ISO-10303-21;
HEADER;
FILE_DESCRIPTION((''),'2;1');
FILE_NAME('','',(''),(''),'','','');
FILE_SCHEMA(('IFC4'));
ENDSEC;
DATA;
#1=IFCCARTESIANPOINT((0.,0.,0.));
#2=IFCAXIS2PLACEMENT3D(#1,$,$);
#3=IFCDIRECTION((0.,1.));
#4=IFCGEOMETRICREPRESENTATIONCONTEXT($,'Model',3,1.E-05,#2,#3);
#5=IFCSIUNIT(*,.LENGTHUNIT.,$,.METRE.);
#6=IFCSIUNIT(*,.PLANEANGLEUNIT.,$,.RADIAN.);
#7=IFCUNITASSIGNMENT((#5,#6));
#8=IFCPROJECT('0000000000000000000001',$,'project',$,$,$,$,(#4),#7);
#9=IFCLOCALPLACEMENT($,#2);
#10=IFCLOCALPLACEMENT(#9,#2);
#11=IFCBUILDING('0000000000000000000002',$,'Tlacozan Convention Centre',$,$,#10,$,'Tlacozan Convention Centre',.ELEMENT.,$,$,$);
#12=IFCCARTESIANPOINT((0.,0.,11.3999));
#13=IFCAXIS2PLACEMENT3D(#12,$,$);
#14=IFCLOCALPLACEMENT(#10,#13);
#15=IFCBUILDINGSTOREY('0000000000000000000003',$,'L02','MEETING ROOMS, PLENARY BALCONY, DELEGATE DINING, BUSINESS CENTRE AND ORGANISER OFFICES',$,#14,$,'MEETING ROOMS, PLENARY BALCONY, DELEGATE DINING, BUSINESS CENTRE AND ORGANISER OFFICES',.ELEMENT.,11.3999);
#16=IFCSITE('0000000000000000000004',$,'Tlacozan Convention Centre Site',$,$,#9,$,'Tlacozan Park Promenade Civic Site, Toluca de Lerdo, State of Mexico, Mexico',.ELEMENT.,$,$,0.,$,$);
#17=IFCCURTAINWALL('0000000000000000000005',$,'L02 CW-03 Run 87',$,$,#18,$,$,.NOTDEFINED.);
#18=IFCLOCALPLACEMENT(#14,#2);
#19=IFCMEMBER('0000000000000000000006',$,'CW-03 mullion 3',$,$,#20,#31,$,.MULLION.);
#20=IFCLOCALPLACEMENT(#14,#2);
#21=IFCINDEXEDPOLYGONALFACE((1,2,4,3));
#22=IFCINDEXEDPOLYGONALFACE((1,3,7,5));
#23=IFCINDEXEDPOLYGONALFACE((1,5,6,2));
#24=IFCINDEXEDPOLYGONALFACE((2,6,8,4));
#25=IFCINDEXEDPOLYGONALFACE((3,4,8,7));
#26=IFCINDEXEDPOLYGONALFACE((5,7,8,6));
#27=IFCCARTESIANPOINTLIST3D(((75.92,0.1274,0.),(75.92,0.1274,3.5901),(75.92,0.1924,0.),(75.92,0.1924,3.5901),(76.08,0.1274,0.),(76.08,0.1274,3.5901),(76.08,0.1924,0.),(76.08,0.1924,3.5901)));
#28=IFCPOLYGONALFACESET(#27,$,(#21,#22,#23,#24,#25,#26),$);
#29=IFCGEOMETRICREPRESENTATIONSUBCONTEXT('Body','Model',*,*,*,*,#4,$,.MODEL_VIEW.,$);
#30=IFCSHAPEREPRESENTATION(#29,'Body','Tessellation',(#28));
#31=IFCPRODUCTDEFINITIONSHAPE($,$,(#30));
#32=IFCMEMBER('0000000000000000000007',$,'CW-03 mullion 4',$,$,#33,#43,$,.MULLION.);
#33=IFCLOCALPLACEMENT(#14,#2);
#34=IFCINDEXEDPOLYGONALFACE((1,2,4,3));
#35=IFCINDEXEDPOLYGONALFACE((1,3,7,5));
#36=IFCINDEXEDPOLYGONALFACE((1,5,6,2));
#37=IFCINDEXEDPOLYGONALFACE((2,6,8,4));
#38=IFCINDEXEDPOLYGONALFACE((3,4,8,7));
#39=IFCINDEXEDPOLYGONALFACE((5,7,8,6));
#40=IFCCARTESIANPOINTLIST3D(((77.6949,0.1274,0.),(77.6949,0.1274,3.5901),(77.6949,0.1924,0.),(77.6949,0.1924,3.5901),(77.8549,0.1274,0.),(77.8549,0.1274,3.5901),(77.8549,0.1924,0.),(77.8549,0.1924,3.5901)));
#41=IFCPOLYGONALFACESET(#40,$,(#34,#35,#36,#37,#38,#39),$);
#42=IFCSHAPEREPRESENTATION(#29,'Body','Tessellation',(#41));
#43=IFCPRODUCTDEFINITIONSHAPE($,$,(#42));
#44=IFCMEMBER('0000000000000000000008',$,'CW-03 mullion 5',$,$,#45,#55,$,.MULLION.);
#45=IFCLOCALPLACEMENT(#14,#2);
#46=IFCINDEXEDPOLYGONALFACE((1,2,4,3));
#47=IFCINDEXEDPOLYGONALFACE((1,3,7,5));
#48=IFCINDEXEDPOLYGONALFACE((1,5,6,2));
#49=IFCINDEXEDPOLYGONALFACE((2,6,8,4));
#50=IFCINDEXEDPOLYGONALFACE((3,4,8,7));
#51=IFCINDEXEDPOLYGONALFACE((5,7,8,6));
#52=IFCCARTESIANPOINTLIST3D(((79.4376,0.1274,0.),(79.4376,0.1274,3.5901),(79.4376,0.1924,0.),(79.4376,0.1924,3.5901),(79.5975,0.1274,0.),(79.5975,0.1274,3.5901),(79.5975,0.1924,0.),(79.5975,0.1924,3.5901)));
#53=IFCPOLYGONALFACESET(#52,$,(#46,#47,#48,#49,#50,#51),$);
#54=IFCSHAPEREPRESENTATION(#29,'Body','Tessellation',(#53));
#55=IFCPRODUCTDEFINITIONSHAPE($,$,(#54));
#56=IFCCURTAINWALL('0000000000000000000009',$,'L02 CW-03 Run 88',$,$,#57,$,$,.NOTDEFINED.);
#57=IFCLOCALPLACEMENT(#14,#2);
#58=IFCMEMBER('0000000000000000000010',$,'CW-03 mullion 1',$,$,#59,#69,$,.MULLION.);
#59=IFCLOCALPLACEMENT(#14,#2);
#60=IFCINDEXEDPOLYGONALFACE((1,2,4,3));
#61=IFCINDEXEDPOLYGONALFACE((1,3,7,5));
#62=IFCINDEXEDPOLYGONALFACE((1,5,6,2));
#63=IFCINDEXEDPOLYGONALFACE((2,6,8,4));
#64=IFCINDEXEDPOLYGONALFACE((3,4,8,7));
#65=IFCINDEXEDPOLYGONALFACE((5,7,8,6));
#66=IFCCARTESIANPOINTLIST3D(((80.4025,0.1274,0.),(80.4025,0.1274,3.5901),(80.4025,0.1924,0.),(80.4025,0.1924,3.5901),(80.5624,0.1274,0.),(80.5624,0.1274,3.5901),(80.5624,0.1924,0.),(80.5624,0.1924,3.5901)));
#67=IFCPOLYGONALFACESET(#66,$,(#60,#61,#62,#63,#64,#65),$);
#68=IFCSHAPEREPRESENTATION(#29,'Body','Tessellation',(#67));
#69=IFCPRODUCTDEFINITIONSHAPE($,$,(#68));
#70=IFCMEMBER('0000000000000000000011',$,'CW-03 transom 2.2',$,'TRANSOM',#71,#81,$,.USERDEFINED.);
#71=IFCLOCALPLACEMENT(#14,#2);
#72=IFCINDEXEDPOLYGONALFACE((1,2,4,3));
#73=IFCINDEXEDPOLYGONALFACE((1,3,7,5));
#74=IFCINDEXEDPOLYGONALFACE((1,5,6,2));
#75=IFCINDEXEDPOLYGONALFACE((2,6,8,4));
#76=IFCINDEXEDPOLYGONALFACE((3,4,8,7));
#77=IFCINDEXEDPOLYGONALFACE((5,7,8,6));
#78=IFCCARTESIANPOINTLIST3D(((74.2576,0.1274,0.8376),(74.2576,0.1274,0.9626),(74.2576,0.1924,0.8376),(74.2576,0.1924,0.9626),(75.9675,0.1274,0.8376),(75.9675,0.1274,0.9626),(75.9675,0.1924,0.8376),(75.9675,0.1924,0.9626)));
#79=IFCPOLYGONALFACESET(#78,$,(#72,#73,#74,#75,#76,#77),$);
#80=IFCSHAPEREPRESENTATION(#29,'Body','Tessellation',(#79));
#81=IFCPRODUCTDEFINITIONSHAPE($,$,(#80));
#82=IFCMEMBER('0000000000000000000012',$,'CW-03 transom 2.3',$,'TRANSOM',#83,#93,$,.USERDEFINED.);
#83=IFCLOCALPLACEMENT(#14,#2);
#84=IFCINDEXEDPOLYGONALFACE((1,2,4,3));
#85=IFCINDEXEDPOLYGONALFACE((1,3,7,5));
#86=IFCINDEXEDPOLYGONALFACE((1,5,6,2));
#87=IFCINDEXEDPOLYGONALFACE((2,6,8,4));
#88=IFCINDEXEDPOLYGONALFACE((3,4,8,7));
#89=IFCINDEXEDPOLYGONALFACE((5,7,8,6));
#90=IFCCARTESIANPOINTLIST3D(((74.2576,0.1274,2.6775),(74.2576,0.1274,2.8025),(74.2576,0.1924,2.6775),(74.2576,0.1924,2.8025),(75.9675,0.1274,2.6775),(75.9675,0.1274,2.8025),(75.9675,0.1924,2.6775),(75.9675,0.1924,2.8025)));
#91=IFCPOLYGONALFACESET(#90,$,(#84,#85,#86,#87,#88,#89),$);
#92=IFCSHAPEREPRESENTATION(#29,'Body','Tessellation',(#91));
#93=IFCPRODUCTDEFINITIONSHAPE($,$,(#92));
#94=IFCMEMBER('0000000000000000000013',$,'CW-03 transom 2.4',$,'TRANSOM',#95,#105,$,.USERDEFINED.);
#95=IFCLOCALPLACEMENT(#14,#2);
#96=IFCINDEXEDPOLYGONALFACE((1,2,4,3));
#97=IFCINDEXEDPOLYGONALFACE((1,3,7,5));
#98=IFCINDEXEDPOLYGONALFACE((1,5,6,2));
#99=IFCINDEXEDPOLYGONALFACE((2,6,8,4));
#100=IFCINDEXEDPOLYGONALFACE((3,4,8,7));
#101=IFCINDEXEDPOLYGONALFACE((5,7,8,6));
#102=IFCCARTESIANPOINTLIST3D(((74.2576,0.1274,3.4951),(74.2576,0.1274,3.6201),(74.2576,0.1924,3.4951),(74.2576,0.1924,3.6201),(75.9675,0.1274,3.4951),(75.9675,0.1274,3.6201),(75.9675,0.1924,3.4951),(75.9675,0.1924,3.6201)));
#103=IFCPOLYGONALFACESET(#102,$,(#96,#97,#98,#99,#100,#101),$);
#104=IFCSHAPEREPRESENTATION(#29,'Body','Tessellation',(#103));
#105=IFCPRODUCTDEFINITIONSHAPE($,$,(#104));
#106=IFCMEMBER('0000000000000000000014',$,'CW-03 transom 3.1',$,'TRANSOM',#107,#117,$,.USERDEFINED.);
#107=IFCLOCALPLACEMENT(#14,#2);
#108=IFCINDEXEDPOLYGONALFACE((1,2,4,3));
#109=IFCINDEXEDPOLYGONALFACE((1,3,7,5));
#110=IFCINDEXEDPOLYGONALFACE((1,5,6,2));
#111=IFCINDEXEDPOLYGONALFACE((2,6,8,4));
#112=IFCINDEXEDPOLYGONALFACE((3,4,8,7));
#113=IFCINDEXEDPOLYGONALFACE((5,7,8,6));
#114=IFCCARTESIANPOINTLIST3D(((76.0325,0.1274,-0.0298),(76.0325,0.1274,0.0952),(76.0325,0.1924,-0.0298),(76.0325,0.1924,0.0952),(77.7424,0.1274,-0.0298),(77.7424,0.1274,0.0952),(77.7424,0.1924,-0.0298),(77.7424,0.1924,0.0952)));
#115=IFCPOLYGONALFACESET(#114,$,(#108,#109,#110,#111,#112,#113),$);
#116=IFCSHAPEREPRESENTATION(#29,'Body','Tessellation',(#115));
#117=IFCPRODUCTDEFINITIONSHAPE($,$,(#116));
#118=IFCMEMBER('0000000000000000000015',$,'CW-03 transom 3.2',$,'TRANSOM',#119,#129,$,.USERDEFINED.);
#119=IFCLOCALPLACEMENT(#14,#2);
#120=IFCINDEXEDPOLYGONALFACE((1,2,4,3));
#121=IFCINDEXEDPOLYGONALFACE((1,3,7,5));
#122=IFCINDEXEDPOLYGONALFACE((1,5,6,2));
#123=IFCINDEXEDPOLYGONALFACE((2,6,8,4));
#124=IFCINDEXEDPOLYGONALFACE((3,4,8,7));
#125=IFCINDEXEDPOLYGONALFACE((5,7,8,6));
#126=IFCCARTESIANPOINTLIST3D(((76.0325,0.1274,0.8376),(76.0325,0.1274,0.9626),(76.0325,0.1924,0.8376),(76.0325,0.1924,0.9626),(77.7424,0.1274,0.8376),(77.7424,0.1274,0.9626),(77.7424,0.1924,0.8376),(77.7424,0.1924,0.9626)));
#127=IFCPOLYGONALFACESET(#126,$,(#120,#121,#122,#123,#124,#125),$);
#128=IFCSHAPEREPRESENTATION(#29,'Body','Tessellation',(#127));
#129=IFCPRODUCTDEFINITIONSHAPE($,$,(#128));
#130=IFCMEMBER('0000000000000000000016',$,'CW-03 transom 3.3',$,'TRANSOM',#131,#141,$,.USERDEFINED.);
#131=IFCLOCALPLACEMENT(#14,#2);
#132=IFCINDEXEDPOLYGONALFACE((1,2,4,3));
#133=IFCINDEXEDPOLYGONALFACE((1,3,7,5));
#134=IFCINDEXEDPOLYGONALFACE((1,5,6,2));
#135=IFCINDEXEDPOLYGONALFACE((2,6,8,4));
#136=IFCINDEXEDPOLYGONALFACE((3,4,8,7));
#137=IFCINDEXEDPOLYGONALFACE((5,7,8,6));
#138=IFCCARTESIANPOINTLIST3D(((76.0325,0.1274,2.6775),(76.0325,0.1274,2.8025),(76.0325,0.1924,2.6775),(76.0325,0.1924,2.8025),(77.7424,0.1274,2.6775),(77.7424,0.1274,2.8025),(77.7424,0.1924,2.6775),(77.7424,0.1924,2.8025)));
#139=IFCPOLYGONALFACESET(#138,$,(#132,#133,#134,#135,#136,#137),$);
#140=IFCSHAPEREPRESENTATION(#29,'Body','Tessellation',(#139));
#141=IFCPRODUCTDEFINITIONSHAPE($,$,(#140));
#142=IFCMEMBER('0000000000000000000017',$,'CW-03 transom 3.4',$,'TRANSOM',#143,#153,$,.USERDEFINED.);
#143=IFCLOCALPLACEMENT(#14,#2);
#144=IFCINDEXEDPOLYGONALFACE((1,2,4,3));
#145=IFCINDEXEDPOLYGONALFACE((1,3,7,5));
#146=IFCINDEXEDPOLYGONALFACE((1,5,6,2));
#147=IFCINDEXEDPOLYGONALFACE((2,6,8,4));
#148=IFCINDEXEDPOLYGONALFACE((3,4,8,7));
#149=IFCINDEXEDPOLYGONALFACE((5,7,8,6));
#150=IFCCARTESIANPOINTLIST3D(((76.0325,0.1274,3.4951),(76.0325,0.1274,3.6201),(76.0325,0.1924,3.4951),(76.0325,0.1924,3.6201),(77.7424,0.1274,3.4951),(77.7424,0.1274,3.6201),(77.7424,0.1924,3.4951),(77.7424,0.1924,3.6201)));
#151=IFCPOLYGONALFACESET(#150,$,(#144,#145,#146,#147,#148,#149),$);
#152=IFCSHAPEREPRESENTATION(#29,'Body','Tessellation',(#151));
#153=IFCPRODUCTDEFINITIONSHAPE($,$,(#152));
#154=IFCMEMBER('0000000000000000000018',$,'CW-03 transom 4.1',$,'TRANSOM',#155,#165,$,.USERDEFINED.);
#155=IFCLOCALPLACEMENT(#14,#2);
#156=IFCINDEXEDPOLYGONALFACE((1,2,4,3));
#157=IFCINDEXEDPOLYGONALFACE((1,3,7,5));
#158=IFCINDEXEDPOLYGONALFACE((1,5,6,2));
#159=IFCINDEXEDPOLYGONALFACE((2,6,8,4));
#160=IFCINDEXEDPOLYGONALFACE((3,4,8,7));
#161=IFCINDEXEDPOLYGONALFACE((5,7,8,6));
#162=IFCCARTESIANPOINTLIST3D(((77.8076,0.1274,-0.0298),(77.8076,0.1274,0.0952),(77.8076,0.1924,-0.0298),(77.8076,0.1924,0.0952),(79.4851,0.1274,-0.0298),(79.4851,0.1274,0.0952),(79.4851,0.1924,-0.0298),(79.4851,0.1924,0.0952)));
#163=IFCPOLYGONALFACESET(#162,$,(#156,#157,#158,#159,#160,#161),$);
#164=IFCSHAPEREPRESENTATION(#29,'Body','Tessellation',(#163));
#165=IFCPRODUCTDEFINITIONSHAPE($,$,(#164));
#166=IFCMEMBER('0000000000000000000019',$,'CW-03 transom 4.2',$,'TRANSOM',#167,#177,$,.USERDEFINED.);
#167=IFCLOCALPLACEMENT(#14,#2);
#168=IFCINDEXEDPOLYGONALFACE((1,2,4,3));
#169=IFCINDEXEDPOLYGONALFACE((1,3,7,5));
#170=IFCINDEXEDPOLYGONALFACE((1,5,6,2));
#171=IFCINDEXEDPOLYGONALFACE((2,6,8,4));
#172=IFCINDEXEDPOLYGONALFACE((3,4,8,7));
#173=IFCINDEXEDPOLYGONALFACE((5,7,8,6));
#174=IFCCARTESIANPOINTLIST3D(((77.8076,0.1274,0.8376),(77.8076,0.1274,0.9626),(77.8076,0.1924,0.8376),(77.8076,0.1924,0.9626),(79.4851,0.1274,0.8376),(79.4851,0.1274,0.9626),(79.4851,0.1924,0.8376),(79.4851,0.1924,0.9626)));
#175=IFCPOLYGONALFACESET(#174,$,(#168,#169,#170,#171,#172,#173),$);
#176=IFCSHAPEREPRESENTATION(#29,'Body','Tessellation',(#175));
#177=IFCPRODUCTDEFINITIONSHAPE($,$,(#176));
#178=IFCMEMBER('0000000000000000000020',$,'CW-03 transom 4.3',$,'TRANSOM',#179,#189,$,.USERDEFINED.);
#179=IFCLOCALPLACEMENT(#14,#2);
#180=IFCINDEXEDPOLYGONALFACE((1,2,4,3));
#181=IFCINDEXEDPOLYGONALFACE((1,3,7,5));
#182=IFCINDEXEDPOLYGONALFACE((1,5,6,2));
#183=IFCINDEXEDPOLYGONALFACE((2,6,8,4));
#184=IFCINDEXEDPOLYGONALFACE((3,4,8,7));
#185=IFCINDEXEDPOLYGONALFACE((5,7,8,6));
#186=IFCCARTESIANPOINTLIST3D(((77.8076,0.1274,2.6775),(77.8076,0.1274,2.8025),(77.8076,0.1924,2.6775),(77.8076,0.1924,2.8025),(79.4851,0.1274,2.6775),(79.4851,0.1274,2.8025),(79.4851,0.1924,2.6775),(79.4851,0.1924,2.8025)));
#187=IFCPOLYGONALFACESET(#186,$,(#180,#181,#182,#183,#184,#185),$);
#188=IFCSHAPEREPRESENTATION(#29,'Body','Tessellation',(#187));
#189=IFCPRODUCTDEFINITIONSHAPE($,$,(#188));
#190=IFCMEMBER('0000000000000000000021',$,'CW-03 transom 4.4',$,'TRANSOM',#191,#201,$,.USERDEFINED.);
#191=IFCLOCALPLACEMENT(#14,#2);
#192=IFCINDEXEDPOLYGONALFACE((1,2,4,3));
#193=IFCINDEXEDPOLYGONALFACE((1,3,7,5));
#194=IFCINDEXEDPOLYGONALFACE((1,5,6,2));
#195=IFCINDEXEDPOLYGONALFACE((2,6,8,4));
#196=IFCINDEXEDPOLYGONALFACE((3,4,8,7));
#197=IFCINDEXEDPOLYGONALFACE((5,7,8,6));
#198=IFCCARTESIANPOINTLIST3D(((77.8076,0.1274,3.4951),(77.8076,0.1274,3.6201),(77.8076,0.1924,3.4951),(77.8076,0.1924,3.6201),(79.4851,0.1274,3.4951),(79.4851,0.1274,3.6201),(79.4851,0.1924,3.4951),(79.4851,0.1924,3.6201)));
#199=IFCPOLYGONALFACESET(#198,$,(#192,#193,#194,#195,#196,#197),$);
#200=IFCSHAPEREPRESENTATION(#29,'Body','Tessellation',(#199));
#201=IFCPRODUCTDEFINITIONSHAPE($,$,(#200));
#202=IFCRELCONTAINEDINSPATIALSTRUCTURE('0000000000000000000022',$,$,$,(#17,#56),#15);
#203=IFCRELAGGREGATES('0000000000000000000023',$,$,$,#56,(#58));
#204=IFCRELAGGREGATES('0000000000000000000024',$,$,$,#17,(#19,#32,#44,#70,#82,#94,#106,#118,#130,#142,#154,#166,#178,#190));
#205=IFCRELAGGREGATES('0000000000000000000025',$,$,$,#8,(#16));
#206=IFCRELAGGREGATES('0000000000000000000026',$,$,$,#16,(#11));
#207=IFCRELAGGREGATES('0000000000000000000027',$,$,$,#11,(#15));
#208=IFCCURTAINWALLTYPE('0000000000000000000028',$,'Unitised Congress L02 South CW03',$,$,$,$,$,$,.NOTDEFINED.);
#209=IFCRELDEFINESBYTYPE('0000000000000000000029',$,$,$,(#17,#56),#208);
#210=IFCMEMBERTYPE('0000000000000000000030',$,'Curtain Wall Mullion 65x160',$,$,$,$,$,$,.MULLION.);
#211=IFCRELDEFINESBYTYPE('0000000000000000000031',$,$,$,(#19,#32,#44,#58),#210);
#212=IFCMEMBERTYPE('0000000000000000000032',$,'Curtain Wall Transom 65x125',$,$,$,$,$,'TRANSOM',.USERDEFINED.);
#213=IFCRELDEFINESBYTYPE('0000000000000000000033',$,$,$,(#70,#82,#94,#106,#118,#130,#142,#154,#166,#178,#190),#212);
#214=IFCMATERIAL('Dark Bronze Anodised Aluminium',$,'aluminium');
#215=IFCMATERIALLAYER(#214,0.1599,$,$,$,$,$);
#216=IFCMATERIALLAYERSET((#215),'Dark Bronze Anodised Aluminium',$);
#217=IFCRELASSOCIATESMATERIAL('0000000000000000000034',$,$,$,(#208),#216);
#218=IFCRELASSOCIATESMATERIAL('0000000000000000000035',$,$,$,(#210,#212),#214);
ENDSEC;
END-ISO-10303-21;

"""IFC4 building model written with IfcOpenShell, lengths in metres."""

from ifc_helpers import new_model, si_unit, direction, frame, origin, origin_2d, place, context, subcontext, project, spatial, rectangle, extrude, material, layer, layer_set, material_profile, profile_set, type_object, element, aggregate, save


model = new_model("IFC4")

# Units and contexts
model_context = context("Model", 3, precision=1e-05, world=origin(), true_north=direction((0.0, 1.0)))
body_context = subcontext(model_context, "Body", "Model", "MODEL_VIEW")
ifc_project = project(units=[si_unit("LENGTHUNIT", "METRE"), si_unit("PLANEANGLEUNIT", "RADIAN")], contexts=[model_context])

# Site, building, storey
site_placement = place(None, origin())
site = spatial("IfcSite", under=ifc_project, at=site_placement, Name="Tlacozan Convention Centre Site", LongName="Tlacozan Park Promenade Civic Site, Toluca de Lerdo, State of Mexico, Mexico", CompositionType="ELEMENT", RefElevation=0.0)
building_placement = place(site_placement, origin())
building = spatial("IfcBuilding", under=site, at=building_placement, Name="Tlacozan Convention Centre", LongName="Tlacozan Convention Centre", CompositionType="ELEMENT")
storey_placement = place(building_placement, frame((0.0, 0.0, 11.3999)))
storey = spatial("IfcBuildingStorey", under=building, at=storey_placement, Name="L02", Description="MEETING ROOMS, PLENARY BALCONY, DELEGATE DINING, BUSINESS CENTRE AND ORGANISER OFFICES", LongName="MEETING ROOMS, PLENARY BALCONY, DELEGATE DINING, BUSINESS CENTRE AND ORGANISER OFFICES", CompositionType="ELEMENT", Elevation=11.3999)

# Curtain wall, members
ifc_material_1 = material(Name="Dark Bronze Anodised Aluminium", Category="aluminium")
ifc_layer_1 = layer(ifc_material_1, 0.1599)
ifc_layer_set_1 = layer_set([ifc_layer_1], Name="Dark Bronze Anodised Aluminium")
curtain_wall_type = type_object("IfcCurtainWallType", Name="Unitised Congress L02 South CW03", PredefinedType="NOTDEFINED", material=ifc_layer_set_1)
curtain_wall_1_placement = place(storey_placement, origin())
curtain_wall_1 = element("IfcCurtainWall", 1, at=curtain_wall_1_placement, inside=storey, type_object=curtain_wall_type, Name="L02 CW-03 Run 87", PredefinedType="NOTDEFINED")
ifc_material_profile_1 = material_profile(ifc_material_1, rectangle(XDim=0.0649, YDim=0.1599, at=origin_2d()), Name="ALU 65x160")
ifc_profile_set_1 = profile_set([ifc_material_profile_1], Name="Dark Bronze Anodised Aluminium")
member_type_1 = type_object("IfcMemberType", Name="Curtain Wall Mullion 65x160", PredefinedType="MULLION", material=ifc_profile_set_1)
member_1_placement = place(storey_placement, frame((76.0, 0.1599, 0.0), z_axis=(0.0, 0.0, 1.0), x_axis=(0.0, 1.0, 0.0)))
member_1 = element("IfcMember", 2, at=member_1_placement, type_object=member_type_1, Name="CW-03 mullion 3", PredefinedType="MULLION", context=body_context, shape_type="SweptSolid", body=[
    extrude(rectangle(XDim=0.0649, YDim=0.1599, at=origin_2d()), origin(), (0.0, 0.0, 1.0), 3.5901),
])
member_2_placement = place(storey_placement, frame((77.7749, 0.1599, 0.0), z_axis=(0.0, 0.0, 1.0), x_axis=(0.0, 1.0, 0.0)))
member_2 = element("IfcMember", 3, at=member_2_placement, type_object=member_type_1, Name="CW-03 mullion 4", PredefinedType="MULLION", context=body_context, shape_type="SweptSolid", body=[
    extrude(rectangle(XDim=0.0649, YDim=0.1599, at=origin_2d()), origin(), (0.0, 0.0, 1.0), 3.5901),
])
member_3_placement = place(storey_placement, frame((79.5176, 0.1599, 0.0), z_axis=(0.0, 0.0, 1.0), x_axis=(0.0, 1.0, 0.0)))
member_3 = element("IfcMember", 4, at=member_3_placement, type_object=member_type_1, Name="CW-03 mullion 5", PredefinedType="MULLION", context=body_context, shape_type="SweptSolid", body=[
    extrude(rectangle(XDim=0.0649, YDim=0.1599, at=origin_2d()), origin(), (0.0, 0.0, 1.0), 3.5901),
])

# Curtain wall, member
curtain_wall_2_placement = place(storey_placement, origin())
curtain_wall_2 = element("IfcCurtainWall", 5, at=curtain_wall_2_placement, inside=storey, type_object=curtain_wall_type, Name="L02 CW-03 Run 88", PredefinedType="NOTDEFINED")
member_4_placement = place(storey_placement, frame((80.4824, 0.1599, 0.0), z_axis=(0.0, 0.0, 1.0), x_axis=(0.0, 1.0, 0.0)))
member_4 = element("IfcMember", 6, at=member_4_placement, type_object=member_type_1, Name="CW-03 mullion 1", PredefinedType="MULLION", context=body_context, shape_type="SweptSolid", body=[
    extrude(rectangle(XDim=0.0649, YDim=0.1599, at=origin_2d()), origin(), (0.0, 0.0, 1.0), 3.5901),
])

# Members
ifc_material_profile_2 = material_profile(ifc_material_1, rectangle(XDim=0.0649, YDim=0.125, at=origin_2d()), Name="ALU 65x125")
ifc_profile_set_2 = profile_set([ifc_material_profile_2], Name="Dark Bronze Anodised Aluminium")
member_type_2 = type_object("IfcMemberType", Name="Curtain Wall Transom 65x125", ElementType="TRANSOM", PredefinedType="USERDEFINED", material=ifc_profile_set_2)
member_5_placement = place(storey_placement, frame((74.2576, 0.1599, 0.9001), z_axis=(1.0, 0.0, 0.0), x_axis=(0.0, 1.0, 0.0)))
member_5 = element("IfcMember", 7, at=member_5_placement, type_object=member_type_2, Name="CW-03 transom 2.2", ObjectType="TRANSOM", PredefinedType="USERDEFINED", context=body_context, shape_type="SweptSolid", body=[
    extrude(rectangle(XDim=0.0649, YDim=0.125, at=origin_2d()), origin(), (0.0, 0.0, 1.0), 1.71),
])
member_6_placement = place(storey_placement, frame((74.2576, 0.1599, 2.74), z_axis=(1.0, 0.0, 0.0), x_axis=(0.0, 1.0, 0.0)))
member_6 = element("IfcMember", 8, at=member_6_placement, type_object=member_type_2, Name="CW-03 transom 2.3", ObjectType="TRANSOM", PredefinedType="USERDEFINED", context=body_context, shape_type="SweptSolid", body=[
    extrude(rectangle(XDim=0.0649, YDim=0.125, at=origin_2d()), origin(), (0.0, 0.0, 1.0), 1.71),
])
member_7_placement = place(storey_placement, frame((74.2576, 0.1599, 3.5576), z_axis=(1.0, 0.0, 0.0), x_axis=(0.0, 1.0, 0.0)))
member_7 = element("IfcMember", 9, at=member_7_placement, type_object=member_type_2, Name="CW-03 transom 2.4", ObjectType="TRANSOM", PredefinedType="USERDEFINED", context=body_context, shape_type="SweptSolid", body=[
    extrude(rectangle(XDim=0.0649, YDim=0.125, at=origin_2d()), origin(), (0.0, 0.0, 1.0), 1.71),
])
member_8_placement = place(storey_placement, frame((76.0325, 0.1599, 0.0327), z_axis=(1.0, 0.0, 0.0), x_axis=(0.0, 1.0, 0.0)))
member_8 = element("IfcMember", 10, at=member_8_placement, type_object=member_type_2, Name="CW-03 transom 3.1", ObjectType="TRANSOM", PredefinedType="USERDEFINED", context=body_context, shape_type="SweptSolid", body=[
    extrude(rectangle(XDim=0.0649, YDim=0.125, at=origin_2d()), origin(), (0.0, 0.0, 1.0), 1.71),
])
member_9_placement = place(storey_placement, frame((76.0325, 0.1599, 0.9001), z_axis=(1.0, 0.0, 0.0), x_axis=(0.0, 1.0, 0.0)))
member_9 = element("IfcMember", 11, at=member_9_placement, type_object=member_type_2, Name="CW-03 transom 3.2", ObjectType="TRANSOM", PredefinedType="USERDEFINED", context=body_context, shape_type="SweptSolid", body=[
    extrude(rectangle(XDim=0.0649, YDim=0.125, at=origin_2d()), origin(), (0.0, 0.0, 1.0), 1.71),
])
member_10_placement = place(storey_placement, frame((76.0325, 0.1599, 2.74), z_axis=(1.0, 0.0, 0.0), x_axis=(0.0, 1.0, 0.0)))
member_10 = element("IfcMember", 12, at=member_10_placement, type_object=member_type_2, Name="CW-03 transom 3.3", ObjectType="TRANSOM", PredefinedType="USERDEFINED", context=body_context, shape_type="SweptSolid", body=[
    extrude(rectangle(XDim=0.0649, YDim=0.125, at=origin_2d()), origin(), (0.0, 0.0, 1.0), 1.71),
])
member_11_placement = place(storey_placement, frame((76.0325, 0.1599, 3.5576), z_axis=(1.0, 0.0, 0.0), x_axis=(0.0, 1.0, 0.0)))
member_11 = element("IfcMember", 13, at=member_11_placement, type_object=member_type_2, Name="CW-03 transom 3.4", ObjectType="TRANSOM", PredefinedType="USERDEFINED", context=body_context, shape_type="SweptSolid", body=[
    extrude(rectangle(XDim=0.0649, YDim=0.125, at=origin_2d()), origin(), (0.0, 0.0, 1.0), 1.71),
])
member_12_placement = place(storey_placement, frame((77.8076, 0.1599, 0.0327), z_axis=(1.0, 0.0, 0.0), x_axis=(0.0, 1.0, 0.0)))
member_12 = element("IfcMember", 14, at=member_12_placement, type_object=member_type_2, Name="CW-03 transom 4.1", ObjectType="TRANSOM", PredefinedType="USERDEFINED", context=body_context, shape_type="SweptSolid", body=[
    extrude(rectangle(XDim=0.0649, YDim=0.125, at=origin_2d()), origin(), (0.0, 0.0, 1.0), 1.6775),
])
member_13_placement = place(storey_placement, frame((77.8076, 0.1599, 0.9001), z_axis=(1.0, 0.0, 0.0), x_axis=(0.0, 1.0, 0.0)))
member_13 = element("IfcMember", 15, at=member_13_placement, type_object=member_type_2, Name="CW-03 transom 4.2", ObjectType="TRANSOM", PredefinedType="USERDEFINED", context=body_context, shape_type="SweptSolid", body=[
    extrude(rectangle(XDim=0.0649, YDim=0.125, at=origin_2d()), origin(), (0.0, 0.0, 1.0), 1.6775),
])
member_14_placement = place(storey_placement, frame((77.8076, 0.1599, 2.74), z_axis=(1.0, 0.0, 0.0), x_axis=(0.0, 1.0, 0.0)))
member_14 = element("IfcMember", 16, at=member_14_placement, type_object=member_type_2, Name="CW-03 transom 4.3", ObjectType="TRANSOM", PredefinedType="USERDEFINED", context=body_context, shape_type="SweptSolid", body=[
    extrude(rectangle(XDim=0.0649, YDim=0.125, at=origin_2d()), origin(), (0.0, 0.0, 1.0), 1.6775),
])
member_15_placement = place(storey_placement, frame((77.8076, 0.1599, 3.5576), z_axis=(1.0, 0.0, 0.0), x_axis=(0.0, 1.0, 0.0)))
member_15 = element("IfcMember", 17, at=member_15_placement, type_object=member_type_2, Name="CW-03 transom 4.4", ObjectType="TRANSOM", PredefinedType="USERDEFINED", context=body_context, shape_type="SweptSolid", body=[
    extrude(rectangle(XDim=0.0649, YDim=0.125, at=origin_2d()), origin(), (0.0, 0.0, 1.0), 1.6775),
])

aggregate(curtain_wall_2, [member_4])
aggregate(curtain_wall_1, [member_1, member_2, member_3, member_5, member_6, member_7, member_8, member_9, member_10, member_11, member_12, member_13, member_14, member_15])

save(model, "model.ifc")
